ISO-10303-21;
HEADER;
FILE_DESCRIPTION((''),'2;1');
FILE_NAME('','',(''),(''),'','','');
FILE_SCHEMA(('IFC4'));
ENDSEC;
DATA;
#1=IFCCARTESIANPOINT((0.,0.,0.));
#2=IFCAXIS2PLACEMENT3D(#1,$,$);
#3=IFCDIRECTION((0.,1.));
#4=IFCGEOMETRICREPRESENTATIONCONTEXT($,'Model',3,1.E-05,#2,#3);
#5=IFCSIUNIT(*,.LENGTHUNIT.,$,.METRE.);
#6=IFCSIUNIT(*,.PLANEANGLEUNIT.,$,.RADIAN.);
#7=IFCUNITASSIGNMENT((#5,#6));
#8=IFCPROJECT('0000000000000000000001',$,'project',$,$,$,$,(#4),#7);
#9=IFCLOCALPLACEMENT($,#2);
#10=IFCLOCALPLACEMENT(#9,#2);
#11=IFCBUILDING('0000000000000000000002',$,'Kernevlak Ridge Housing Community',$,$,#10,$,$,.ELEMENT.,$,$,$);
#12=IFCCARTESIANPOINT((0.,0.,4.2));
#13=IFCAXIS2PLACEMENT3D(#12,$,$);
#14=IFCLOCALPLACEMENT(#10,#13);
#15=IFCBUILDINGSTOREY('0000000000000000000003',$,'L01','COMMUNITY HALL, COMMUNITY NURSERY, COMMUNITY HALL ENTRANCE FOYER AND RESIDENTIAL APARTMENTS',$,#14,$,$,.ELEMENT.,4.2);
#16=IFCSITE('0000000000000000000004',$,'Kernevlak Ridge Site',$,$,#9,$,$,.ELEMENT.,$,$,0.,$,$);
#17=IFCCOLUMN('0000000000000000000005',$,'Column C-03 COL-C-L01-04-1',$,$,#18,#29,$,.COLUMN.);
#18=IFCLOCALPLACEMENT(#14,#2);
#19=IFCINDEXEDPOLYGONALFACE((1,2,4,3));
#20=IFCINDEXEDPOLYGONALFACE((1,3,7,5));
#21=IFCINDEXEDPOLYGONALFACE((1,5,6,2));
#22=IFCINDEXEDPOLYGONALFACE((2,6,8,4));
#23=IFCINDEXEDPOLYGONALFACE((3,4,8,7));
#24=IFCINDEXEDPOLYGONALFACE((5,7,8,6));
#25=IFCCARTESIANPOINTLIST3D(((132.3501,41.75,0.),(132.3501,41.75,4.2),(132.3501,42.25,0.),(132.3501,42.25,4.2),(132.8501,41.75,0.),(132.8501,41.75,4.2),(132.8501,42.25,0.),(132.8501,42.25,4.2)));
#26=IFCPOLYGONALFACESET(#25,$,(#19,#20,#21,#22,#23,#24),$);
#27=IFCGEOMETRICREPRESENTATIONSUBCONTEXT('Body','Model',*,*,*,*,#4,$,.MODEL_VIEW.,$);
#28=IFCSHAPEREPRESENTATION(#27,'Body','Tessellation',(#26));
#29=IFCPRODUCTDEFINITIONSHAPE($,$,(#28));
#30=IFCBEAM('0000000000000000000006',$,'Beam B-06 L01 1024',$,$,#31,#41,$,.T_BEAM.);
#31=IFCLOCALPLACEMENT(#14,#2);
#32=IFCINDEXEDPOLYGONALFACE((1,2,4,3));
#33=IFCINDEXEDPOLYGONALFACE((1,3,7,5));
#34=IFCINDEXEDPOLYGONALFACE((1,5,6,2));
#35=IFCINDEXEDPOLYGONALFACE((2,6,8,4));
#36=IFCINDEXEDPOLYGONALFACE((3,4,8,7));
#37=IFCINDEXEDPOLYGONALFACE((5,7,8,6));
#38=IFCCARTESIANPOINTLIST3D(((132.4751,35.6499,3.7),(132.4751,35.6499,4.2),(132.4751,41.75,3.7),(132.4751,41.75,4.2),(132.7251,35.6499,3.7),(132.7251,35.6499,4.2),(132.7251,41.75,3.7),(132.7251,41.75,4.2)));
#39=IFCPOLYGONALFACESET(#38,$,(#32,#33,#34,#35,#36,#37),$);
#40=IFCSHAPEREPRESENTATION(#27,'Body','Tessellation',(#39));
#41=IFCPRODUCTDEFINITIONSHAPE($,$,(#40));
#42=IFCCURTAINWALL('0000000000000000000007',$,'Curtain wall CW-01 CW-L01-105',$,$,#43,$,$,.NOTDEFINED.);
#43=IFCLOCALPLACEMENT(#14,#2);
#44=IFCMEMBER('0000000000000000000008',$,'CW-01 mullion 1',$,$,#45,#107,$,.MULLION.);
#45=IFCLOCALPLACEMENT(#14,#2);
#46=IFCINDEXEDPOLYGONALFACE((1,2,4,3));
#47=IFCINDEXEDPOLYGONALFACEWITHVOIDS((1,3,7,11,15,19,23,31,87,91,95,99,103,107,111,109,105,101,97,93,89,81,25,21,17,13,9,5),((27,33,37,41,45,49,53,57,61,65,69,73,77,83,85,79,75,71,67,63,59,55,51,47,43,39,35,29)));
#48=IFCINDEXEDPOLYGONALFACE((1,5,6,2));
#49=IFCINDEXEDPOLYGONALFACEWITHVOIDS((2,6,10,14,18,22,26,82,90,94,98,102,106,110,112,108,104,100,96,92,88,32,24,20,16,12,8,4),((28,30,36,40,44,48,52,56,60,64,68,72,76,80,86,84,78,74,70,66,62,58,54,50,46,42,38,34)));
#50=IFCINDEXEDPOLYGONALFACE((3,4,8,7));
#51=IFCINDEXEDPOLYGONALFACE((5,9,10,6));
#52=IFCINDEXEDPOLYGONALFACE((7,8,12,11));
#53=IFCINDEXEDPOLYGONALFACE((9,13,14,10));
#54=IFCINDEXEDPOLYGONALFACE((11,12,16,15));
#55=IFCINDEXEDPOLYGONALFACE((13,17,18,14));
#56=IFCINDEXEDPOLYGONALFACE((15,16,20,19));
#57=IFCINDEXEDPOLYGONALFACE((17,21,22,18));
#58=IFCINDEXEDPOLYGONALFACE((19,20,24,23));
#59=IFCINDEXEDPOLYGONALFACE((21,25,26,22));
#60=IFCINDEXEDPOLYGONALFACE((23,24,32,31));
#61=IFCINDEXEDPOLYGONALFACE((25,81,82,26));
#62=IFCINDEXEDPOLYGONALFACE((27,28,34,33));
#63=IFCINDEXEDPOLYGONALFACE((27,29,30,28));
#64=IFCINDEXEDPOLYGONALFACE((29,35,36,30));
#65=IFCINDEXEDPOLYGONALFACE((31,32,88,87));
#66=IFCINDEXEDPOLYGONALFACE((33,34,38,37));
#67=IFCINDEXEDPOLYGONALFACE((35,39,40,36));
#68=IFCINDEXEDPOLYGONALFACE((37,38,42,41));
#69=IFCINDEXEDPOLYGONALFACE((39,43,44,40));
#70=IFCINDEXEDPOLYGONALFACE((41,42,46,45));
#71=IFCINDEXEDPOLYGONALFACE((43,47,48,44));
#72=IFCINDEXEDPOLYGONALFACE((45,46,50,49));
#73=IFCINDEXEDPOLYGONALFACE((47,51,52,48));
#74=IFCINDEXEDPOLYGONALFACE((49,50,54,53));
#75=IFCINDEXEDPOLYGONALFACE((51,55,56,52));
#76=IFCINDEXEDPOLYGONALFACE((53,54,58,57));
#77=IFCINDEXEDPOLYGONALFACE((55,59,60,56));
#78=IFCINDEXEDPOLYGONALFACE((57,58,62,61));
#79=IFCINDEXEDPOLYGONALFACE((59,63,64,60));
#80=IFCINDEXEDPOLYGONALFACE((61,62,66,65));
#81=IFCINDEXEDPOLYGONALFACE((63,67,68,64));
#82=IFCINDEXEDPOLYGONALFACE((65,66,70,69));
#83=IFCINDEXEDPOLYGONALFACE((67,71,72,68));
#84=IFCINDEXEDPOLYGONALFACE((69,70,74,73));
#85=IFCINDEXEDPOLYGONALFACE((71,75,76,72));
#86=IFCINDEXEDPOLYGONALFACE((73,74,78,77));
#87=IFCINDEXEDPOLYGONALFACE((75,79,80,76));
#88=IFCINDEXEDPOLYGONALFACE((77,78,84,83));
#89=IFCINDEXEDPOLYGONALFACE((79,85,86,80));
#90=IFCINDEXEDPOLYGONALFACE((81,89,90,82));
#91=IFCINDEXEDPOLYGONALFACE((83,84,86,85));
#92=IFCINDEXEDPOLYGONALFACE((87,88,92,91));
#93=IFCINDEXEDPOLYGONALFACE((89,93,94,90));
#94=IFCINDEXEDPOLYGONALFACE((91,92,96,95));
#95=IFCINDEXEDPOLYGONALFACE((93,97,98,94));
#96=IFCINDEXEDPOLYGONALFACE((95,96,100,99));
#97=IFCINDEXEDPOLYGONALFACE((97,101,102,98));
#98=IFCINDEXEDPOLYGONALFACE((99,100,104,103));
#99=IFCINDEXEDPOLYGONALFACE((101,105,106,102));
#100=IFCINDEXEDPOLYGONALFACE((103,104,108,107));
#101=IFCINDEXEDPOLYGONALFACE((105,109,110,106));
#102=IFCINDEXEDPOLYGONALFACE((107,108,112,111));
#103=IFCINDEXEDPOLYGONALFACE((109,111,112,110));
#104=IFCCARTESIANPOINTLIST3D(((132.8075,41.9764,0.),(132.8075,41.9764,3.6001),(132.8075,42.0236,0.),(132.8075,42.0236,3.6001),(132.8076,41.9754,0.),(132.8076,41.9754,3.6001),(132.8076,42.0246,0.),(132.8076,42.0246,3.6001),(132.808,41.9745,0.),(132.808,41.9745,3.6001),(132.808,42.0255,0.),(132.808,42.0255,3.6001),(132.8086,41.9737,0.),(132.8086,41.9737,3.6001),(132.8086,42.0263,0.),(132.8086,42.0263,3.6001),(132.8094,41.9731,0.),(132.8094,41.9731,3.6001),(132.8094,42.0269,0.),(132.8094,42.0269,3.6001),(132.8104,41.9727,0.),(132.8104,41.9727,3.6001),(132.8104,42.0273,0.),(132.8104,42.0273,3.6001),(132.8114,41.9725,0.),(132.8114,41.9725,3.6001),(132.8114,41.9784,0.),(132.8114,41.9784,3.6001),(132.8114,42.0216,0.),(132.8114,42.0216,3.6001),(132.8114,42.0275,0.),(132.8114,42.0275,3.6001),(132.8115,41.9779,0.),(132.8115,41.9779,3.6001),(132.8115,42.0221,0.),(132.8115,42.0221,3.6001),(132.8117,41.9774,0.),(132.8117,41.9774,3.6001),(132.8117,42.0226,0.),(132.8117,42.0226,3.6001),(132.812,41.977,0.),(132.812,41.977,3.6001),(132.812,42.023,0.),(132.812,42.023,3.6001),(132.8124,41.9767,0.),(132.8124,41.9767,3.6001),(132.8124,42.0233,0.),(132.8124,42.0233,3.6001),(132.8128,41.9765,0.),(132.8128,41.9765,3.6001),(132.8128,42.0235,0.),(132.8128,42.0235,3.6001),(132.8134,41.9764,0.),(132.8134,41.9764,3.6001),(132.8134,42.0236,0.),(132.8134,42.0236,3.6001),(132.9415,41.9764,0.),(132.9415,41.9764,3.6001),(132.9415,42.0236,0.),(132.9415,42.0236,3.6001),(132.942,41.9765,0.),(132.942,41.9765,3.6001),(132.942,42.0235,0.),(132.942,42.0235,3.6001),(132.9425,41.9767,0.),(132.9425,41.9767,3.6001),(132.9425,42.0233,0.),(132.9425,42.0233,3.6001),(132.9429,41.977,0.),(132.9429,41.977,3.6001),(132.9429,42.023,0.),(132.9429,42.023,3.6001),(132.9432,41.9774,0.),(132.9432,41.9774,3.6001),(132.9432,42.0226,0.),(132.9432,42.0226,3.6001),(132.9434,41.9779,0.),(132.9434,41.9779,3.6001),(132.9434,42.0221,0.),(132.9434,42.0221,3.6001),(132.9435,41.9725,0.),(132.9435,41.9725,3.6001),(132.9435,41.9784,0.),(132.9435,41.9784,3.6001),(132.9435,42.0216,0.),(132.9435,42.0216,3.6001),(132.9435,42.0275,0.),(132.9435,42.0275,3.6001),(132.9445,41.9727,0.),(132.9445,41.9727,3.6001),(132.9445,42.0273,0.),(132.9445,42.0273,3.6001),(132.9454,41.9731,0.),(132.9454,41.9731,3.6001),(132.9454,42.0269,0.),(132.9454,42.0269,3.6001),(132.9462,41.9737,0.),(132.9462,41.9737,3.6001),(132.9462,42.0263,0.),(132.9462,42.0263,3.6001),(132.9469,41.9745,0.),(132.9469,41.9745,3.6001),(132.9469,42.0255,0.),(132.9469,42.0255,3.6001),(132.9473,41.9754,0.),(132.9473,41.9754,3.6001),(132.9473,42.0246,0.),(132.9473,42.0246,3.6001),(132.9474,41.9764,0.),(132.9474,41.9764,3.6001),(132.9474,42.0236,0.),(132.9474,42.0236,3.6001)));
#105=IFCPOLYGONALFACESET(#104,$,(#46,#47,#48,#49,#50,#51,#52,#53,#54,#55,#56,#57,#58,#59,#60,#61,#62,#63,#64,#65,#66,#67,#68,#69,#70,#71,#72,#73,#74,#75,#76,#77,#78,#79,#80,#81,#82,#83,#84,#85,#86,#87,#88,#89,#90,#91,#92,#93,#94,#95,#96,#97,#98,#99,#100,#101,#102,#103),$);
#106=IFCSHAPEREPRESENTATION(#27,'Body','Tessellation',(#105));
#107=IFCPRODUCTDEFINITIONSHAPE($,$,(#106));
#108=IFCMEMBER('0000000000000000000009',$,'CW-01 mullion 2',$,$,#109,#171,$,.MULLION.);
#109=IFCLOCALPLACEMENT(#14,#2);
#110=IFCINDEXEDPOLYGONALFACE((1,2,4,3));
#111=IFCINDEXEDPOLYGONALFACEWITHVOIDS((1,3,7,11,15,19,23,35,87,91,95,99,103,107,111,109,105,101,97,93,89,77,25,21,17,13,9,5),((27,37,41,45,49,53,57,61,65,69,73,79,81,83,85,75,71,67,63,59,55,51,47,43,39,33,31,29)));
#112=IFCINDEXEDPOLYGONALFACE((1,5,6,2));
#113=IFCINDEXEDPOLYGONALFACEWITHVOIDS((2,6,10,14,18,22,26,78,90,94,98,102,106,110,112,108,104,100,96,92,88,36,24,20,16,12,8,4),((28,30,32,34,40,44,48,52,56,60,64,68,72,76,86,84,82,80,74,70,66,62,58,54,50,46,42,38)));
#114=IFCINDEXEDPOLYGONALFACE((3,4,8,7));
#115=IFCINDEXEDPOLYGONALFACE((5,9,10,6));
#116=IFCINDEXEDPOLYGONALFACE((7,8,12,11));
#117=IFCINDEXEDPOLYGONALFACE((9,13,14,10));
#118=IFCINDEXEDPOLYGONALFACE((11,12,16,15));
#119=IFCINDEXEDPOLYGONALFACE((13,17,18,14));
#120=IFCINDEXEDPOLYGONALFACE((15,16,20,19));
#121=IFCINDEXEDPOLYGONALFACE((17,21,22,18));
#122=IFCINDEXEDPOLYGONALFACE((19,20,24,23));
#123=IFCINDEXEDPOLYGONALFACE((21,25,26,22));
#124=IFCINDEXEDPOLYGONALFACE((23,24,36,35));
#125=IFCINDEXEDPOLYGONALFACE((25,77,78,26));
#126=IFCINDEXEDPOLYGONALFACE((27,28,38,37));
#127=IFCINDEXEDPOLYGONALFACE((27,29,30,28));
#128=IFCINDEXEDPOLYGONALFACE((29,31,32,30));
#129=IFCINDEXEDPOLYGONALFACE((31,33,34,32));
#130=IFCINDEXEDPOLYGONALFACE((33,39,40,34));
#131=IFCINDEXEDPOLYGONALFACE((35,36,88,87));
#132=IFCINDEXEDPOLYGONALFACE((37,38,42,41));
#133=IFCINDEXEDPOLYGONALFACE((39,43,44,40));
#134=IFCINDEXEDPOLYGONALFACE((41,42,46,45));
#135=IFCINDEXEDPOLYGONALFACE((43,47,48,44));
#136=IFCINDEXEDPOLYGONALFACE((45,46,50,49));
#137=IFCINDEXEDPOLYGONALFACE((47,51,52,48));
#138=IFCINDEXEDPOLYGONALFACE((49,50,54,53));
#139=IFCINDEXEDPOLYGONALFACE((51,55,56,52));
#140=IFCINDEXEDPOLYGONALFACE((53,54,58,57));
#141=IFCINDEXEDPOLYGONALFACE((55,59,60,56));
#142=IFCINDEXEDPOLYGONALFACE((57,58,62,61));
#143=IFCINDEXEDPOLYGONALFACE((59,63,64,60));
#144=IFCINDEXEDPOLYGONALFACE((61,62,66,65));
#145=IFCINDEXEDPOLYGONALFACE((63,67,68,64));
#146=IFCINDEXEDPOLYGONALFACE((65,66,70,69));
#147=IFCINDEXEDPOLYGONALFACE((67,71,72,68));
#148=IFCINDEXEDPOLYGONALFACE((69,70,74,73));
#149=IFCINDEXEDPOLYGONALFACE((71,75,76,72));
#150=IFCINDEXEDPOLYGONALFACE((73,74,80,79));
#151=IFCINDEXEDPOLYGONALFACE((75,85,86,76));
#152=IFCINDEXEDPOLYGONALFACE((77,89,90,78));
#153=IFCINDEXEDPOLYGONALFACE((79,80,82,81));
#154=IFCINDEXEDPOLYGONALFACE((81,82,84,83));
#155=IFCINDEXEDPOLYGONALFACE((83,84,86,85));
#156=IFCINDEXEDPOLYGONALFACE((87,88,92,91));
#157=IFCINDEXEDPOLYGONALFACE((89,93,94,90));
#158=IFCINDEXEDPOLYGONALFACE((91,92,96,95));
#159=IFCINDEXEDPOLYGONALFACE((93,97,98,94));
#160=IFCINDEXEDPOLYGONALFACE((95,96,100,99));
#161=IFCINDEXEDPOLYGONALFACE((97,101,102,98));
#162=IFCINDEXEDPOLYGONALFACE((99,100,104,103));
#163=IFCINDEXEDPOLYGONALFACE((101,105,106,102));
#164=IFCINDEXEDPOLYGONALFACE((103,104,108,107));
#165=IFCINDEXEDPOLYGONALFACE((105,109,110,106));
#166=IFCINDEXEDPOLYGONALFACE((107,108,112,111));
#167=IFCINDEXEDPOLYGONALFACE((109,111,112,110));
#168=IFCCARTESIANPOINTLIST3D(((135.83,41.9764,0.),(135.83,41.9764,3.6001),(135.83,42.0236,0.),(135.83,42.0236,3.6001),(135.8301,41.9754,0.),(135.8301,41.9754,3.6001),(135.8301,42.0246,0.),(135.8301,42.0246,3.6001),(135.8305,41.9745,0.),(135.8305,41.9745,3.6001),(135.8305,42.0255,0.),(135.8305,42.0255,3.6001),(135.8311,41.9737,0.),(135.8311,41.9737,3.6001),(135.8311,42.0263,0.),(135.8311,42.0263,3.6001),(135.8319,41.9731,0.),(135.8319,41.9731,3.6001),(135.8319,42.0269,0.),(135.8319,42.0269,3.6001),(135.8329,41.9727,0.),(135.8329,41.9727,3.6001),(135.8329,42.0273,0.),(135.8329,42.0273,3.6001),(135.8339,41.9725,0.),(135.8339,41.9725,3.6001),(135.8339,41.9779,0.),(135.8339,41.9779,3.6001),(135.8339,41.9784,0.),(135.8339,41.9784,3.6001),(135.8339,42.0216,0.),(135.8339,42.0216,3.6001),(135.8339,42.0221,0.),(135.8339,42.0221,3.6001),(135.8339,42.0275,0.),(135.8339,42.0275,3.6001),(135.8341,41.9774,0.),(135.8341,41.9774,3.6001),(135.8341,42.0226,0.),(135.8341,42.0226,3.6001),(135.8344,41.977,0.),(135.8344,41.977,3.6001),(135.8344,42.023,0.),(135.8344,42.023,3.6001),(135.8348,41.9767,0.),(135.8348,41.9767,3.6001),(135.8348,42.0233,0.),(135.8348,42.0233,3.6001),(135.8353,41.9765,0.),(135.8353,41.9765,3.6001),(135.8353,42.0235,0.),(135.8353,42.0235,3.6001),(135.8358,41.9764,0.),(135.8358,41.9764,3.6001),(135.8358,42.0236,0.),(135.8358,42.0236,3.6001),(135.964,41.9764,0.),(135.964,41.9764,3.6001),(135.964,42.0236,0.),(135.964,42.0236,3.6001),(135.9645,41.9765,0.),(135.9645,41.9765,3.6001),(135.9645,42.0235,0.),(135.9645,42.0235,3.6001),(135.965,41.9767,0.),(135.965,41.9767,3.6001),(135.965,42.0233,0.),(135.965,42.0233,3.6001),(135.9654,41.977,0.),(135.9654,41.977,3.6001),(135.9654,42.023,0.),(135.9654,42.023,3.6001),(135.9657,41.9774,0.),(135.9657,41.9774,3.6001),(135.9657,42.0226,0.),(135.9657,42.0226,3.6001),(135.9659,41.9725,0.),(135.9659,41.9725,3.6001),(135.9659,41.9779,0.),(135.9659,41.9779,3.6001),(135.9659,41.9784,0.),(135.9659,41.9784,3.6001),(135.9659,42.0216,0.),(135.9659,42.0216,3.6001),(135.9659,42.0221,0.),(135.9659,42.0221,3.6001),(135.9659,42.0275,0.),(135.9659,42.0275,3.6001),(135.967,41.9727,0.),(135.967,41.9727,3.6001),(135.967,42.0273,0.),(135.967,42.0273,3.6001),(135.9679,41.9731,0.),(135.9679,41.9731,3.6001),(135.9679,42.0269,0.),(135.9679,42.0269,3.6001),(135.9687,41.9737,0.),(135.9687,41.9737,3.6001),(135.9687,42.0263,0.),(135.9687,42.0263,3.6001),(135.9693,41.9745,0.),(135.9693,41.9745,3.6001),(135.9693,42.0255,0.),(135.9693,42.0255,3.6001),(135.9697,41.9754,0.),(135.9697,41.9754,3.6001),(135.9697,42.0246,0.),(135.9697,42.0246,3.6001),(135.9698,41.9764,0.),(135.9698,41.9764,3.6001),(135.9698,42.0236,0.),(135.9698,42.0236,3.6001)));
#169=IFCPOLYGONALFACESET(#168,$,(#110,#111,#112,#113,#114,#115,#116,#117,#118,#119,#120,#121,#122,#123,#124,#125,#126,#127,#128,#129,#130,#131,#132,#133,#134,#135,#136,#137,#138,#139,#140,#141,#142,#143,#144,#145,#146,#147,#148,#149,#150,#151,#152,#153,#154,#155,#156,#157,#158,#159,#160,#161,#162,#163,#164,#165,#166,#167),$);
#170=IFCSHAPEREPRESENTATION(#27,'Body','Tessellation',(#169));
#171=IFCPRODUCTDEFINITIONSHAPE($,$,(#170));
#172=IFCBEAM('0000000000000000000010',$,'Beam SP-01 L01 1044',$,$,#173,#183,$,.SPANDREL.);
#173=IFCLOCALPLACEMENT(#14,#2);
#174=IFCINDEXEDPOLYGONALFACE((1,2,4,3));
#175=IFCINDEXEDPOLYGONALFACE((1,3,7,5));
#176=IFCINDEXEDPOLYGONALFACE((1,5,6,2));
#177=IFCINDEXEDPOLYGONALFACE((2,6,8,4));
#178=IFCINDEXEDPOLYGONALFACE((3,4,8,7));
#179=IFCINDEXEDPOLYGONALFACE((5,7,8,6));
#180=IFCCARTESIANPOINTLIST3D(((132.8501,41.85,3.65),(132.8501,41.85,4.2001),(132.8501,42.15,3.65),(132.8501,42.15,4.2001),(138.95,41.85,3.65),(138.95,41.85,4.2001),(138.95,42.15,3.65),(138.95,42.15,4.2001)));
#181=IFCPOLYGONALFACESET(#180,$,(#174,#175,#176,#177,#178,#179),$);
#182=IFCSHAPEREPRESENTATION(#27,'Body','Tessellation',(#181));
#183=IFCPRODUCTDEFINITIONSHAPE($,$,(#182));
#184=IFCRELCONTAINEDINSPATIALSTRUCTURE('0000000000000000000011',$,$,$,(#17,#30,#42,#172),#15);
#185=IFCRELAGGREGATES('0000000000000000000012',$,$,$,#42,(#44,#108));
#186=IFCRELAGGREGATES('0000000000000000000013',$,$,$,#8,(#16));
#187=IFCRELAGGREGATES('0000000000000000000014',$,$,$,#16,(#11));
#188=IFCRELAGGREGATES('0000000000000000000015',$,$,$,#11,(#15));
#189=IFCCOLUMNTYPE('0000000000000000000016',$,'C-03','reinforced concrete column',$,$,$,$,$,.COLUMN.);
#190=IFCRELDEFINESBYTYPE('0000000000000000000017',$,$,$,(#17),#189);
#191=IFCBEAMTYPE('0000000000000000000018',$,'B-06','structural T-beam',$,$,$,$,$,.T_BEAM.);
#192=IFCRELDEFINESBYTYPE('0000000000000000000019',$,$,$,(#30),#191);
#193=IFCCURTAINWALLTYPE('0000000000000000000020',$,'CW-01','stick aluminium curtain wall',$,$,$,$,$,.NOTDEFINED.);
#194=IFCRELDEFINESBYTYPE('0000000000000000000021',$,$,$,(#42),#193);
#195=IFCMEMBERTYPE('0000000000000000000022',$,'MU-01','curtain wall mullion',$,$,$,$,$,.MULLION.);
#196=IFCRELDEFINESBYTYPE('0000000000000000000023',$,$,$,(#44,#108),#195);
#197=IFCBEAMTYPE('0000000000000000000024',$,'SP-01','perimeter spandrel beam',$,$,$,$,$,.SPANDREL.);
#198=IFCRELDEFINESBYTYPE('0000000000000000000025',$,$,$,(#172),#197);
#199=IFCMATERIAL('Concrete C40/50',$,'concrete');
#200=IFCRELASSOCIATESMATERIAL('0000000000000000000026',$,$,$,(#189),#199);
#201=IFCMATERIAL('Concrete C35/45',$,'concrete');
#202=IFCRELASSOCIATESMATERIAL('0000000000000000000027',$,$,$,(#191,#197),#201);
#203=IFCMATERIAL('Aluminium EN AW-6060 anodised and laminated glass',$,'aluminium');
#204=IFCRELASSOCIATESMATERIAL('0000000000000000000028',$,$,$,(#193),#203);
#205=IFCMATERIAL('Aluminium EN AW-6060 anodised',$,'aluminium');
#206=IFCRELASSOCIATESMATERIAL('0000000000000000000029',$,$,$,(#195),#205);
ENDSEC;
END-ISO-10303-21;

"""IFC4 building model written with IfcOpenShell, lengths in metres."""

from ifc_helpers import new_model, si_unit, direction, frame, origin, origin_2d, place, context, subcontext, project, spatial, rectangle, hollow_rectangle, extrude, material, material_profile, profile_set, type_object, element, aggregate, save


model = new_model("IFC4")

# Units and contexts
model_context = context("Model", 3, precision=1e-05, world=origin(), true_north=direction((0.0, 1.0)))
body_context = subcontext(model_context, "Body", "Model", "MODEL_VIEW")
ifc_project = project(units=[si_unit("LENGTHUNIT", "METRE"), si_unit("PLANEANGLEUNIT", "RADIAN")], contexts=[model_context])

# Site, building, storey
site_placement = place(None, origin())
site = spatial("IfcSite", under=ifc_project, at=site_placement, Name="Kernevlak Ridge Site", CompositionType="ELEMENT", RefElevation=0.0)
building_placement = place(site_placement, origin())
building = spatial("IfcBuilding", under=site, at=building_placement, Name="Kernevlak Ridge Housing Community", CompositionType="ELEMENT")
storey_placement = place(building_placement, frame((0.0, 0.0, 4.2)))
storey = spatial("IfcBuildingStorey", under=building, at=storey_placement, Name="L01", Description="COMMUNITY HALL, COMMUNITY NURSERY, COMMUNITY HALL ENTRANCE FOYER AND RESIDENTIAL APARTMENTS", CompositionType="ELEMENT", Elevation=4.2)

# Column
ifc_material_1 = material(Name="Concrete C40/50", Category="concrete")
ifc_material_profile_1 = material_profile(ifc_material_1, rectangle(XDim=0.5, YDim=0.5, at=origin_2d()), Name="RC 500x500")
ifc_profile_set_1 = profile_set([ifc_material_profile_1], Name="Concrete C40/50")
column_type = type_object("IfcColumnType", Name="C-03", Description="reinforced concrete column", PredefinedType="COLUMN", material=ifc_profile_set_1)
column_placement = place(storey_placement, frame((132.6001, 42.0, 0.0), z_axis=(0.0, 0.0, 1.0), x_axis=(1.0, 0.0, 0.0)))
element("IfcColumn", 1, at=column_placement, inside=storey, type_object=column_type, Name="Column C-03 COL-C-L01-04-1", PredefinedType="COLUMN", context=body_context, shape_type="SweptSolid", body=[
    extrude(rectangle(XDim=0.5, YDim=0.5, at=origin_2d()), origin(), (0.0, 0.0, 1.0), 4.2),
])

# Beam
ifc_material_2 = material(Name="Concrete C35/45", Category="concrete")
ifc_material_profile_2 = material_profile(ifc_material_2, rectangle(XDim=0.25, YDim=0.5, at=origin_2d()), Name="RC 250x500")
ifc_profile_set_2 = profile_set([ifc_material_profile_2], Name="Concrete C35/45")
beam_type_1 = type_object("IfcBeamType", Name="B-06", Description="structural T-beam", PredefinedType="T_BEAM", material=ifc_profile_set_2)
beam_1_placement = place(storey_placement, frame((132.6001, 35.6499, 3.95), z_axis=(0.0, 1.0, 0.0), x_axis=(-1.0, 0.0, 0.0)))
element("IfcBeam", 2, at=beam_1_placement, inside=storey, type_object=beam_type_1, Name="Beam B-06 L01 1024", PredefinedType="T_BEAM", context=body_context, shape_type="SweptSolid", body=[
    extrude(rectangle(XDim=0.25, YDim=0.5, at=origin_2d()), origin(), (0.0, 0.0, 1.0), 6.1001),
])

# Curtain wall, members
ifc_material_3 = material(Name="Aluminium EN AW-6060 anodised and laminated glass", Category="aluminium")
curtain_wall_type = type_object("IfcCurtainWallType", Name="CW-01", Description="stick aluminium curtain wall", PredefinedType="NOTDEFINED", material=ifc_material_3)
curtain_wall_placement = place(storey_placement, origin())
curtain_wall = element("IfcCurtainWall", 3, at=curtain_wall_placement, inside=storey, type_object=curtain_wall_type, Name="Curtain wall CW-01 CW-L01-105", PredefinedType="NOTDEFINED")
ifc_material_4 = material(Name="Aluminium EN AW-6060 anodised", Category="aluminium")
ifc_material_profile_3 = material_profile(ifc_material_4, hollow_rectangle(XDim=0.0549, YDim=0.1399, WallThickness=0.0039, InnerFilletRadius=0.002, OuterFilletRadius=0.0039, at=origin_2d()), Name="ALU 55x140x4")
ifc_profile_set_3 = profile_set([ifc_material_profile_3], Name="Aluminium EN AW-6060 anodised")
member_type_1 = type_object("IfcMemberType", Name="MU-01", Description="curtain wall mullion", PredefinedType="MULLION", material=ifc_profile_set_3)
member_1_placement = place(storey_placement, frame((132.8774, 42.0, 0.0), z_axis=(0.0, 0.0, 1.0), x_axis=(0.0, 1.0, 0.0)))
member_1 = element("IfcMember", 4, at=member_1_placement, type_object=member_type_1, Name="CW-01 mullion 1", PredefinedType="MULLION", context=body_context, shape_type="SweptSolid", body=[
    extrude(hollow_rectangle(XDim=0.0549, YDim=0.1399, WallThickness=0.0039, InnerFilletRadius=0.002, OuterFilletRadius=0.0039, at=origin_2d()), origin(), (0.0, 0.0, 1.0), 3.6001),
])
member_2_placement = place(storey_placement, frame((135.8999, 42.0, 0.0), z_axis=(0.0, 0.0, 1.0), x_axis=(0.0, 1.0, 0.0)))
member_2 = element("IfcMember", 5, at=member_2_placement, type_object=member_type_1, Name="CW-01 mullion 2", PredefinedType="MULLION", context=body_context, shape_type="SweptSolid", body=[
    extrude(hollow_rectangle(XDim=0.0549, YDim=0.1399, WallThickness=0.0039, InnerFilletRadius=0.002, OuterFilletRadius=0.0039, at=origin_2d()), origin(), (0.0, 0.0, 1.0), 3.6001),
])

# Beam
ifc_material_profile_4 = material_profile(ifc_material_2, rectangle(XDim=0.3, YDim=0.55, at=origin_2d()), Name="RC 300x550")
ifc_profile_set_4 = profile_set([ifc_material_profile_4], Name="Concrete C35/45")
beam_type_2 = type_object("IfcBeamType", Name="SP-01", Description="perimeter spandrel beam", PredefinedType="SPANDREL", material=ifc_profile_set_4)
beam_2_placement = place(storey_placement, frame((132.8501, 42.0, 3.925), z_axis=(1.0, 0.0, 0.0), x_axis=(0.0, 1.0, 0.0)))
element("IfcBeam", 6, at=beam_2_placement, inside=storey, type_object=beam_type_2, Name="Beam SP-01 L01 1044", PredefinedType="SPANDREL", context=body_context, shape_type="SweptSolid", body=[
    extrude(rectangle(XDim=0.3, YDim=0.55, at=origin_2d()), origin(), (0.0, 0.0, 1.0), 6.0999),
])

aggregate(curtain_wall, [member_1, member_2])

save(model, "model.ifc")
